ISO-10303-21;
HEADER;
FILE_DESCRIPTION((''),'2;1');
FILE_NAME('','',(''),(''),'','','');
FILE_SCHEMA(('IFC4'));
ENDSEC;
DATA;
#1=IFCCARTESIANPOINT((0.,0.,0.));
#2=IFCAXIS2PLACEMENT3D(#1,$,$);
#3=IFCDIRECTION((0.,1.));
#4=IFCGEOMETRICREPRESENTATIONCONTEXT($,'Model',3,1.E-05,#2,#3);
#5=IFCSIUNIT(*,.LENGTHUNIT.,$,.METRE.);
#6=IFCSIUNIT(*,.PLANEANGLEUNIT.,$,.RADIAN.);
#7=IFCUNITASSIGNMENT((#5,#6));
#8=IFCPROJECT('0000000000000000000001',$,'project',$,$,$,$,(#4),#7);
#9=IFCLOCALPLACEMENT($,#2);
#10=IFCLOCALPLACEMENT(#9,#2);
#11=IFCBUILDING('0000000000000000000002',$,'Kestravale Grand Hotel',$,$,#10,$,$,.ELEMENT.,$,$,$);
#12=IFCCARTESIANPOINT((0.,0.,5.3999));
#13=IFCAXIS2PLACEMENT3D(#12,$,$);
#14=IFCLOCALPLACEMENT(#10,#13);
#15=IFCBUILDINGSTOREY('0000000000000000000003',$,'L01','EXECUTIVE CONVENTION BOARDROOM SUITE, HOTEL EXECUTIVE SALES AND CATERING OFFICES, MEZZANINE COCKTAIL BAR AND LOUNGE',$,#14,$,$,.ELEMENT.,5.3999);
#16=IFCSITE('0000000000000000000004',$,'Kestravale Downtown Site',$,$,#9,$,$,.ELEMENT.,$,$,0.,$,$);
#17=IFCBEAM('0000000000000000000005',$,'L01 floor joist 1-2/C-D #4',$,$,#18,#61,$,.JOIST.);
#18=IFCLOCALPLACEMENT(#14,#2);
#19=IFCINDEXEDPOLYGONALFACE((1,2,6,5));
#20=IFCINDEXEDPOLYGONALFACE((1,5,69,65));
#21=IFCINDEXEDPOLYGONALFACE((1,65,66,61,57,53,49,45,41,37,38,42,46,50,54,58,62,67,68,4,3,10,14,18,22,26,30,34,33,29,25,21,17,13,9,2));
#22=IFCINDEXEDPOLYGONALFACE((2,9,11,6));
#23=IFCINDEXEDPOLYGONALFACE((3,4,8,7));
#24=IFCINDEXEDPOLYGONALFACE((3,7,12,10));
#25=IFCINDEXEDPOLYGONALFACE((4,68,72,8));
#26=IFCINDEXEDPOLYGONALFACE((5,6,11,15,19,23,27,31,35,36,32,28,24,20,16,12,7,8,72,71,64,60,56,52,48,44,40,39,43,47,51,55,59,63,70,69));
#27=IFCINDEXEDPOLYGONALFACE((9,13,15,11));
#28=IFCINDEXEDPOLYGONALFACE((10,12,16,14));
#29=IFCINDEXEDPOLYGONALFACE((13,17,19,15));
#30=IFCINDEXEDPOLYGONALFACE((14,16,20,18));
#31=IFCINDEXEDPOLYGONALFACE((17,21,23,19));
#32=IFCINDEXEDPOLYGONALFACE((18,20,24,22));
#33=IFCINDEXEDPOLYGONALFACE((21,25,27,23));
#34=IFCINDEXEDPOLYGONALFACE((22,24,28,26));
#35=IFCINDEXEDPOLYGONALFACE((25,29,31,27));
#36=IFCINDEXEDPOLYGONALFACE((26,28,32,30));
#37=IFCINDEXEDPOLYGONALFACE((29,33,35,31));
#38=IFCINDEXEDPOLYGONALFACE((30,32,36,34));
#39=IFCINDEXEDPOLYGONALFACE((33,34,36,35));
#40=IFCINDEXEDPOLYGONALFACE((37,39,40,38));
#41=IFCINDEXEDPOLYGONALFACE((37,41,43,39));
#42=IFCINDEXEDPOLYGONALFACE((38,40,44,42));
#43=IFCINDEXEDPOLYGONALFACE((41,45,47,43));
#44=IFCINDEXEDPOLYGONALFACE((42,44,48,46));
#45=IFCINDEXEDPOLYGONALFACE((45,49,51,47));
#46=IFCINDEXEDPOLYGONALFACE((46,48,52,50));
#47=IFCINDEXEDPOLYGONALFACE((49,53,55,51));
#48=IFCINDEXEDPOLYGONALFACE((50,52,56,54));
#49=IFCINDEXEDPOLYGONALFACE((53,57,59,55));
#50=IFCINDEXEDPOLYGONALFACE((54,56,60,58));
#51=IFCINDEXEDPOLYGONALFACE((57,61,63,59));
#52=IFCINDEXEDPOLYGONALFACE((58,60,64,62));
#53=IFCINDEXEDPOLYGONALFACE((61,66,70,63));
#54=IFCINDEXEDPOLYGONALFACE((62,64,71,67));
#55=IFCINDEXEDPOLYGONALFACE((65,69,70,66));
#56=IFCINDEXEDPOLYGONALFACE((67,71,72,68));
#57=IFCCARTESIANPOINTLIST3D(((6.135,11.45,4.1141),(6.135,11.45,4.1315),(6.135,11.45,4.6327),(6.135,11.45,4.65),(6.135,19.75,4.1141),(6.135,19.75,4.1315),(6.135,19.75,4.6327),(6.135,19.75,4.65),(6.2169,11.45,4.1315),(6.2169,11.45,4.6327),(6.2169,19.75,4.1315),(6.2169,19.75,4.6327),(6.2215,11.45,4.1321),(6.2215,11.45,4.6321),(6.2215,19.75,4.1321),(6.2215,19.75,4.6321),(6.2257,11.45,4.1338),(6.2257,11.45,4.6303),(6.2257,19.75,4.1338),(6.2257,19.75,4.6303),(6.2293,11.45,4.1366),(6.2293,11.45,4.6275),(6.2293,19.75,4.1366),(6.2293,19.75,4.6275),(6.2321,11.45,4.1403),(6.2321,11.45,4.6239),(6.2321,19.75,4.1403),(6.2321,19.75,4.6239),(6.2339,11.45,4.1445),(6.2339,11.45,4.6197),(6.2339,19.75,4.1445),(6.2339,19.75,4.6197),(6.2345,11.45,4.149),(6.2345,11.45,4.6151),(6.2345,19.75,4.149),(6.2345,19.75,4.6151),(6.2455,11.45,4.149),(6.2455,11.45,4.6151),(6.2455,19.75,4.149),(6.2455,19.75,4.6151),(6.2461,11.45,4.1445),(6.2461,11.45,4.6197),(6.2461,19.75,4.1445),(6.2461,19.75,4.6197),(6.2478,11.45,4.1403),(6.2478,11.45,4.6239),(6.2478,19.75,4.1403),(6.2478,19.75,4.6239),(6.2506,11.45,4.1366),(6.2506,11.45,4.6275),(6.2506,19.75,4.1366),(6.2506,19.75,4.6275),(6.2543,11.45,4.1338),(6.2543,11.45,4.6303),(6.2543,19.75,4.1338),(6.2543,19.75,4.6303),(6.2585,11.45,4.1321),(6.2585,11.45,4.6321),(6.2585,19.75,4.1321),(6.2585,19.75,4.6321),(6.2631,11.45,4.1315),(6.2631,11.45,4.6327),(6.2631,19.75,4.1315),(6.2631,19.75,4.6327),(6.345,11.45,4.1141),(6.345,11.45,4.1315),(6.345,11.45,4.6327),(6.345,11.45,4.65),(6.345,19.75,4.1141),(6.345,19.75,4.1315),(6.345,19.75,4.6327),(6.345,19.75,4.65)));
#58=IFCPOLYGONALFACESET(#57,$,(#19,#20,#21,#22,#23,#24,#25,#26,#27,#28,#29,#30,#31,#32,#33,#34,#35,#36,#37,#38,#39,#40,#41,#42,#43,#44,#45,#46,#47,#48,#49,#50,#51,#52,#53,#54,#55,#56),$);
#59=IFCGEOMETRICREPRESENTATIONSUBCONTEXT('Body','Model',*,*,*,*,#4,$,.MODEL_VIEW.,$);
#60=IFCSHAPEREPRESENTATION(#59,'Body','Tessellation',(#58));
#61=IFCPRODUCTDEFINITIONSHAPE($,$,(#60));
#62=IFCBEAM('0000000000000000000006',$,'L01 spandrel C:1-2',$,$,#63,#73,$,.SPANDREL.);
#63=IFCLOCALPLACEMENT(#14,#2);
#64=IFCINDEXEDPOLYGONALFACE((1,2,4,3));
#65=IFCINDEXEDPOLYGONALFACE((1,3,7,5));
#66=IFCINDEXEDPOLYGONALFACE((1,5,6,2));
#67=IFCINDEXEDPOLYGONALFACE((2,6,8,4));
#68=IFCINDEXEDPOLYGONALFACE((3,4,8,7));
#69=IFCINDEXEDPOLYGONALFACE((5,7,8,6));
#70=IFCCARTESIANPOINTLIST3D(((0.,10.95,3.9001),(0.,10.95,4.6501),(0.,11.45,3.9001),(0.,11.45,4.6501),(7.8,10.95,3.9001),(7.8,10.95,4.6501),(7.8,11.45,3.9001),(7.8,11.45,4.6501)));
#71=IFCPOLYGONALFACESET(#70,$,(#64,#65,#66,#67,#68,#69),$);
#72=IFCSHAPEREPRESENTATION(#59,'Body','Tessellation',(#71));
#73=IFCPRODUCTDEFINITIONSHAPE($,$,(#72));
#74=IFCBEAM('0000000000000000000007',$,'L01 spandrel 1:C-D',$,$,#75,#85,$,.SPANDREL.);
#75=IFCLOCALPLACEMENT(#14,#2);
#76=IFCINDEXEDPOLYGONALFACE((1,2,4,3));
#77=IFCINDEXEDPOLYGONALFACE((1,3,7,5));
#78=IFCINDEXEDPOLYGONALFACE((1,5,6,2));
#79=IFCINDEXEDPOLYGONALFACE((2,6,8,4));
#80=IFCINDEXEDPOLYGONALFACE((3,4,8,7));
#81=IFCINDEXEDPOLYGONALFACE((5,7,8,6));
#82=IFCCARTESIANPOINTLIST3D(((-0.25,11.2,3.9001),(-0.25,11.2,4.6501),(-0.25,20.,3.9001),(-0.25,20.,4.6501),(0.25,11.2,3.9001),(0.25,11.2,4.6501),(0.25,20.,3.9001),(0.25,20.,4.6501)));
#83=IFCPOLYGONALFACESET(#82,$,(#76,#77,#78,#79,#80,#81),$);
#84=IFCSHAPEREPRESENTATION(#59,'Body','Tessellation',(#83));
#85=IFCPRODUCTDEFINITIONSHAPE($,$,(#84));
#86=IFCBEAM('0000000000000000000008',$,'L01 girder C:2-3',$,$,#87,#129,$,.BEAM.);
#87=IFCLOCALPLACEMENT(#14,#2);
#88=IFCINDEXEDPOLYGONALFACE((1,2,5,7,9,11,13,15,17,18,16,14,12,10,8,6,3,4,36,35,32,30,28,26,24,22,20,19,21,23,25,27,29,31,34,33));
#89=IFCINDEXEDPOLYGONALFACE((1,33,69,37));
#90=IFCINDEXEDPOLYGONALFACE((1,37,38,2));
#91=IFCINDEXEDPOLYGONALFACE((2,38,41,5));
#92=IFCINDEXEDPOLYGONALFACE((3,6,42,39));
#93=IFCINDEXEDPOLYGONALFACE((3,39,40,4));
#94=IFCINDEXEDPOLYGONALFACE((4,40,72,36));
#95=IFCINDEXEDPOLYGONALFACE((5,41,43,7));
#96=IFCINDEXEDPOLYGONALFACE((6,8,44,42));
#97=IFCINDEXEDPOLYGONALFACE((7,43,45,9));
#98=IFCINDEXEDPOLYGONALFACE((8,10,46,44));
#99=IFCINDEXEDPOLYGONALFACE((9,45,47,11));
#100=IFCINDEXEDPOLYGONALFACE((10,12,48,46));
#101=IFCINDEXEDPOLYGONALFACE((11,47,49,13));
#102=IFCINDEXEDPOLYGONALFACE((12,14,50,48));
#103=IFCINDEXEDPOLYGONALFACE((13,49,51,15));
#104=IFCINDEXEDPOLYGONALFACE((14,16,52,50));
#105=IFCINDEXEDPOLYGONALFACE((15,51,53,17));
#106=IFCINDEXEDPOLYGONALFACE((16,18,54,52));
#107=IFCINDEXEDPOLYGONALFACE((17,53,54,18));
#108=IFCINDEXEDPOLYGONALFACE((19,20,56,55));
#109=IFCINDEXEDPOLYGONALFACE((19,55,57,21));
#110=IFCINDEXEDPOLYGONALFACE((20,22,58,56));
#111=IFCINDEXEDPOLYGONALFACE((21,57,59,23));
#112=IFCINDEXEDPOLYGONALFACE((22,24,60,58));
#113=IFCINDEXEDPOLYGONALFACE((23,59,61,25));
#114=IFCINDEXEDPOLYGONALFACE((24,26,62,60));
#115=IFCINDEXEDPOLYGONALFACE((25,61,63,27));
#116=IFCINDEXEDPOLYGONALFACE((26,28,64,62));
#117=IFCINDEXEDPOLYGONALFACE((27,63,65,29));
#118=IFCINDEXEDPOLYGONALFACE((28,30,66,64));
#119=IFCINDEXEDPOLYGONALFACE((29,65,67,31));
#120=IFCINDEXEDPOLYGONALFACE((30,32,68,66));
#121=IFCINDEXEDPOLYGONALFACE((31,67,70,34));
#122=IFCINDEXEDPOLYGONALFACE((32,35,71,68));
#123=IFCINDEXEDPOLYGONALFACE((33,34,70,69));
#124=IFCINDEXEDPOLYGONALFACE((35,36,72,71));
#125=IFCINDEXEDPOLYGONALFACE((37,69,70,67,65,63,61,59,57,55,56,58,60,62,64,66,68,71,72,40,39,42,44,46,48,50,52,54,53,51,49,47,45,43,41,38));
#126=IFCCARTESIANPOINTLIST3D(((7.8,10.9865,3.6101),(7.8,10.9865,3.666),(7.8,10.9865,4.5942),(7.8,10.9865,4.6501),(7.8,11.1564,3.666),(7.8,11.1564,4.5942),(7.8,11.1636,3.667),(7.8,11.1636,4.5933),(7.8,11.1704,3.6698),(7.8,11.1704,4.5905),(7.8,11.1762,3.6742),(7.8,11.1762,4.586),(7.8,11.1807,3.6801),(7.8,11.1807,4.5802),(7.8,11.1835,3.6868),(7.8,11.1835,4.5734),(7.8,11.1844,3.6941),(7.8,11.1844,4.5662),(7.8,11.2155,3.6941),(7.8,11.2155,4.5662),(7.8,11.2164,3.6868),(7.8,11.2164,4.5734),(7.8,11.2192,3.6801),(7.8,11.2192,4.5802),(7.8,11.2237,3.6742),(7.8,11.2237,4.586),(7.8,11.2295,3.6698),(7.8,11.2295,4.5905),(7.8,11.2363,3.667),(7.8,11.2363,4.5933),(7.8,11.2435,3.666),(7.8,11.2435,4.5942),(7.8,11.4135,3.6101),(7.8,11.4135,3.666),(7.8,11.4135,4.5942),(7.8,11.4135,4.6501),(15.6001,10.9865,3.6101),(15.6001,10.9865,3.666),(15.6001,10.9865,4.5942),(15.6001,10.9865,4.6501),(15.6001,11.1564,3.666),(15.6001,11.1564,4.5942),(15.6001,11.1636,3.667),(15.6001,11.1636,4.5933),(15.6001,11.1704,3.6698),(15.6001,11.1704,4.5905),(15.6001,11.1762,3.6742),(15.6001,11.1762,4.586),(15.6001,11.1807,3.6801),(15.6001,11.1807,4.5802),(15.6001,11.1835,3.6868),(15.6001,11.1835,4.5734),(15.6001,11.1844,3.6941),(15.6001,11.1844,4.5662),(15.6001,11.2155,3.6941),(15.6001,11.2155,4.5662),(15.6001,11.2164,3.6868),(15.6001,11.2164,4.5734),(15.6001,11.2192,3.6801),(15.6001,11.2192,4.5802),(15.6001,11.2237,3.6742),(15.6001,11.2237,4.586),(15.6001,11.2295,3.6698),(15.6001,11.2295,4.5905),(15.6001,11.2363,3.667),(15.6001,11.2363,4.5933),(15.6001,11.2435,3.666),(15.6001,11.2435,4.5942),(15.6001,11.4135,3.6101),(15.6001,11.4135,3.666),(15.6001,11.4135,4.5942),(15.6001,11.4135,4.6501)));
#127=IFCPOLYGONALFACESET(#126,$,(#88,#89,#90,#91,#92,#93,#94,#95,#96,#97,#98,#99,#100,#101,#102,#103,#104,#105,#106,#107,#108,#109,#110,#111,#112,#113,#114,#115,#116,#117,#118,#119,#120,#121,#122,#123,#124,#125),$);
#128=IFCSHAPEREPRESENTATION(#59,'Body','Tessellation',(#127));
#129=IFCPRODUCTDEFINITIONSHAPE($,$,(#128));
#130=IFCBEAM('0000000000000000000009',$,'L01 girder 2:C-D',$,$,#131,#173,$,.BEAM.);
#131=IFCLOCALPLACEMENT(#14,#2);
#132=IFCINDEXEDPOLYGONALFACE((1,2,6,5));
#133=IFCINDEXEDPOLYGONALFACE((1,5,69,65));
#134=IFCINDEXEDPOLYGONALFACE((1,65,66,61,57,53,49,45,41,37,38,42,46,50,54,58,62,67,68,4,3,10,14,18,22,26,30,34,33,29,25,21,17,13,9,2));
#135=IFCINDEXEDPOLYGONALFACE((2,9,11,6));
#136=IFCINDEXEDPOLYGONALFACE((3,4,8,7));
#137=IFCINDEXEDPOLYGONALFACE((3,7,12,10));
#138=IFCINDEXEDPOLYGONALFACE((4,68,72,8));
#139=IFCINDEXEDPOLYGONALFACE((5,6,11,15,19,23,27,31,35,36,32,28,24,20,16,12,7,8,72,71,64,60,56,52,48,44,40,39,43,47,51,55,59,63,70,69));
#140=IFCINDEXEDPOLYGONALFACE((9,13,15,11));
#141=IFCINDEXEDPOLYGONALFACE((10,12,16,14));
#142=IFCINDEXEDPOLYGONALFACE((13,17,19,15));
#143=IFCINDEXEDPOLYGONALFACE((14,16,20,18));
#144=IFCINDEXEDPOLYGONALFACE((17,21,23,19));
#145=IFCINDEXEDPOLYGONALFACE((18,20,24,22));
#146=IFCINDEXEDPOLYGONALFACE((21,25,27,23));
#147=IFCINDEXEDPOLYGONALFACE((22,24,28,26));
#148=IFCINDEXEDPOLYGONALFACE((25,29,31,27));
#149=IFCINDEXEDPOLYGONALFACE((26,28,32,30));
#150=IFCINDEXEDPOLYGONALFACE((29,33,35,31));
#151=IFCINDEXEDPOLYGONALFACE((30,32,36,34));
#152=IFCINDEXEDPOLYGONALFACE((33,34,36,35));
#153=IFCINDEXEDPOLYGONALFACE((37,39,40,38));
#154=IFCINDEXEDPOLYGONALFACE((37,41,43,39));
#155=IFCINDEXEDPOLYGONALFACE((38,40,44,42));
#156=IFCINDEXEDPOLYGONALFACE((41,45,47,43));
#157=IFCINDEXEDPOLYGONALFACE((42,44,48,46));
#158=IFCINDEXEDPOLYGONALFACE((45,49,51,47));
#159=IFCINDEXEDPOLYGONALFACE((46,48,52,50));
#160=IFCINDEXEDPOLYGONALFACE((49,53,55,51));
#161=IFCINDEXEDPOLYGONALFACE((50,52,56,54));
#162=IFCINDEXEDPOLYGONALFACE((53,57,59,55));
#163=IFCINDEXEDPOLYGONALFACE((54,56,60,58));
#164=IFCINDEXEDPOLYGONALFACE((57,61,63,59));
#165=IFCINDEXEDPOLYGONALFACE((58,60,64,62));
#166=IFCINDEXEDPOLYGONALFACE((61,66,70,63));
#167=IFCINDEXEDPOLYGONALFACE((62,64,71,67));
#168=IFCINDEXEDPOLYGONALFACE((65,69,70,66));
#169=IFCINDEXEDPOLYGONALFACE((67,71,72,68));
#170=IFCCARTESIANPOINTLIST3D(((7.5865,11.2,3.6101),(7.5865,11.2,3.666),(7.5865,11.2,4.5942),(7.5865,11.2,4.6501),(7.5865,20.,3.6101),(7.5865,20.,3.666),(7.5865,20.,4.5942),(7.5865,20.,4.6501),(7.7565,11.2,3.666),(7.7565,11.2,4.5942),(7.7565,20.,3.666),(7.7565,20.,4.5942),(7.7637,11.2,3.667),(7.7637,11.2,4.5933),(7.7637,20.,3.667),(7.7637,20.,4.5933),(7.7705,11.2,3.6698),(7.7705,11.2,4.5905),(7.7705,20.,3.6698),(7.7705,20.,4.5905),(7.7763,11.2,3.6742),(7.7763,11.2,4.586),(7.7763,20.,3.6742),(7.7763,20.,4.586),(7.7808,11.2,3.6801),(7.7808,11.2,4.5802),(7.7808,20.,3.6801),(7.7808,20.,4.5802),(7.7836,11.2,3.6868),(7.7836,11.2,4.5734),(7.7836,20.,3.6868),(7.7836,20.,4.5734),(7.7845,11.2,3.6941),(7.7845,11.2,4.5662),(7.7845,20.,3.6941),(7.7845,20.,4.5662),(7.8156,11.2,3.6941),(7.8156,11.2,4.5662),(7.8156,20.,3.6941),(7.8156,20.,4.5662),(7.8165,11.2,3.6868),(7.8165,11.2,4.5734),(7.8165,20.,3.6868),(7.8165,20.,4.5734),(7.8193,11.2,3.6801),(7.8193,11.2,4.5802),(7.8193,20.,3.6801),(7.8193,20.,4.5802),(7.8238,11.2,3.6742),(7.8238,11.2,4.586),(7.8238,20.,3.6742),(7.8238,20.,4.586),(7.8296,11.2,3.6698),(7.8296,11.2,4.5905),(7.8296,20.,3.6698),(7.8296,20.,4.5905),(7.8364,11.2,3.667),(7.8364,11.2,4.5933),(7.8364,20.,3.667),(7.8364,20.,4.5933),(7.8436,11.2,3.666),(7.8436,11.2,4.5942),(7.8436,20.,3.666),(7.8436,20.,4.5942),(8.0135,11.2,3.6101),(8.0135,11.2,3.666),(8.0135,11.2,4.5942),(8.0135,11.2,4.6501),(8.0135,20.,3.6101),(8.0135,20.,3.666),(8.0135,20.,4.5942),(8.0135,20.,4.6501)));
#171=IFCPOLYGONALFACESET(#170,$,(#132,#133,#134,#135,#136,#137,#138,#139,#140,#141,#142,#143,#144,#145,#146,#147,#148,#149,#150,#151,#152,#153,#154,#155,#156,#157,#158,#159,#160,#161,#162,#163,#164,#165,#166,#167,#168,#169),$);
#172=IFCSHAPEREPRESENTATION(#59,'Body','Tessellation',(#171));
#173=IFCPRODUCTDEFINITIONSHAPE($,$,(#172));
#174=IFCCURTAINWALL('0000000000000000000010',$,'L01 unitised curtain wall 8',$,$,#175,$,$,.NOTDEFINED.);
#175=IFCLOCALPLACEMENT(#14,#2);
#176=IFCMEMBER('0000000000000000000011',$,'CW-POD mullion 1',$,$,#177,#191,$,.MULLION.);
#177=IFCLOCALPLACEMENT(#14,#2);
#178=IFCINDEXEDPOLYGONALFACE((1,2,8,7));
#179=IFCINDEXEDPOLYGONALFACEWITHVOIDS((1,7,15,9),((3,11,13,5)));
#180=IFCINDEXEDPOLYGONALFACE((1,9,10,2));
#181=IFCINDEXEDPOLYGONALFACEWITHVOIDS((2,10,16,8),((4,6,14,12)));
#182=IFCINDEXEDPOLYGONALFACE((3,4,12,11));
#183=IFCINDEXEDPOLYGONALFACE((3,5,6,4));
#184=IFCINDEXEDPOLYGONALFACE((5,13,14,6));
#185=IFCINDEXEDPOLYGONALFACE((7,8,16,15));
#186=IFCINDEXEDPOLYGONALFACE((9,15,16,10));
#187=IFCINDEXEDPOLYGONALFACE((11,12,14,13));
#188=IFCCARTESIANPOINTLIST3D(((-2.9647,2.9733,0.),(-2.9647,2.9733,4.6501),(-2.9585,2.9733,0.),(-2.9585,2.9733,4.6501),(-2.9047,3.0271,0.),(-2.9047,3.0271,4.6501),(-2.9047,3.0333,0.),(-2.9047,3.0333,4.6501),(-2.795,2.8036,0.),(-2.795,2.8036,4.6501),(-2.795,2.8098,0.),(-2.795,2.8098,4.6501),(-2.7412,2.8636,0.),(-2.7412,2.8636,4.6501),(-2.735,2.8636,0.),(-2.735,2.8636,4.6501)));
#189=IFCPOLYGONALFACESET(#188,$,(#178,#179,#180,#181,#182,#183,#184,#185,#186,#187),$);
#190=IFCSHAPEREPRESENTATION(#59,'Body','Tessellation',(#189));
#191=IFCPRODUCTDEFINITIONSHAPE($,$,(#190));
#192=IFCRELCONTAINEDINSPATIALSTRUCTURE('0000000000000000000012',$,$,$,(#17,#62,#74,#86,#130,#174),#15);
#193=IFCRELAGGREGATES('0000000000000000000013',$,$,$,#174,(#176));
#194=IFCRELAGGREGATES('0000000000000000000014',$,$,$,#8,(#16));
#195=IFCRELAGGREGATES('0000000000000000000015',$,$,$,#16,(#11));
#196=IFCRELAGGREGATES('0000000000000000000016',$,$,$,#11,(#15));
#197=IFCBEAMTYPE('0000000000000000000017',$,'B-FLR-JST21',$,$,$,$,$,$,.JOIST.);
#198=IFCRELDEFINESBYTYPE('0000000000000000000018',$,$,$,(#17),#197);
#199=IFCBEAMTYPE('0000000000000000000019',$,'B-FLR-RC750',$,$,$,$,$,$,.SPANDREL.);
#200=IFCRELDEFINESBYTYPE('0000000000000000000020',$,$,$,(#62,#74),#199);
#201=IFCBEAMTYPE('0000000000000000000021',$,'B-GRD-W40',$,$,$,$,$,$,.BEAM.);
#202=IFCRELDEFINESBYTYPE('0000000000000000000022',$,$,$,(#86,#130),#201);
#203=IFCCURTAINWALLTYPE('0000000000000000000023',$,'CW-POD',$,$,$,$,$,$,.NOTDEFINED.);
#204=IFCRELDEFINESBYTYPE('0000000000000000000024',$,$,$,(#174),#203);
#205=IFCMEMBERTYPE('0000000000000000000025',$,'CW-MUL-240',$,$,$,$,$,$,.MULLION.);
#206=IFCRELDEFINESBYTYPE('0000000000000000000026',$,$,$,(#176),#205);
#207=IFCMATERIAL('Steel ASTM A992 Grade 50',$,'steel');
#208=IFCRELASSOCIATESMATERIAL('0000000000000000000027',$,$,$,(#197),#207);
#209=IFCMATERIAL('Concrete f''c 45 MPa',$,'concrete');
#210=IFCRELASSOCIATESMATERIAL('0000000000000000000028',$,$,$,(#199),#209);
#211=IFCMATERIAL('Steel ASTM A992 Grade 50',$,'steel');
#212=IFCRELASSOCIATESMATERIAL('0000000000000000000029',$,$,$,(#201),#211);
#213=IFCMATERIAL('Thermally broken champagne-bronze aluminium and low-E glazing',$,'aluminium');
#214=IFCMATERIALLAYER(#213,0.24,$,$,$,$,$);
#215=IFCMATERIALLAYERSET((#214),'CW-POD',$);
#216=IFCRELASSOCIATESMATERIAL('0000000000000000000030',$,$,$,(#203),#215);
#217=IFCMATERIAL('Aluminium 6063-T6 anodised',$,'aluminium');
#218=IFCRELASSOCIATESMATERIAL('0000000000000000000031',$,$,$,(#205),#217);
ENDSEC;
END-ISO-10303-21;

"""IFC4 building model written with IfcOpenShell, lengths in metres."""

from ifc_helpers import new_model, si_unit, direction, frame, origin, origin_2d, place, context, subcontext, project, spatial, rectangle, hollow_rectangle, i_section, extrude, material, layer, layer_set, material_profile, profile_set, type_object, element, aggregate, save


model = new_model("IFC4")

# Units and contexts
model_context = context("Model", 3, precision=1e-05, world=origin(), true_north=direction((0.0, 1.0)))
body_context = subcontext(model_context, "Body", "Model", "MODEL_VIEW")
ifc_project = project(units=[si_unit("LENGTHUNIT", "METRE"), si_unit("PLANEANGLEUNIT", "RADIAN")], contexts=[model_context])

# Site, building, storey
site_placement = place(None, origin())
site = spatial("IfcSite", under=ifc_project, at=site_placement, Name="Kestravale Downtown Site", CompositionType="ELEMENT", RefElevation=0.0)
building_placement = place(site_placement, origin())
building = spatial("IfcBuilding", under=site, at=building_placement, Name="Kestravale Grand Hotel", CompositionType="ELEMENT")
storey_placement = place(building_placement, frame((0.0, 0.0, 5.3999)))
storey = spatial("IfcBuildingStorey", under=building, at=storey_placement, Name="L01", Description="EXECUTIVE CONVENTION BOARDROOM SUITE, HOTEL EXECUTIVE SALES AND CATERING OFFICES, MEZZANINE COCKTAIL BAR AND LOUNGE", CompositionType="ELEMENT", Elevation=5.3999)

# Beams
ifc_material_1 = material(Name="Steel ASTM A992 Grade 50", Category="steel")
ifc_material_profile_1 = material_profile(ifc_material_1, i_section(OverallWidth=0.21, OverallDepth=0.5359, WebThickness=0.011, FlangeThickness=0.0173, FilletRadius=0.0176, at=origin_2d()))
ifc_profile_set_1 = profile_set([ifc_material_profile_1], Name="Steel ASTM A992 Grade 50")
beam_type_1 = type_object("IfcBeamType", Name="B-FLR-JST21", PredefinedType="JOIST", material=ifc_profile_set_1)
for number, where, z_axis, x_axis, name in (
    (1, (6.24, 11.45, 4.3821), (0.0, 1.0, 0.0), (-1.0, 0.0, 0.0), "L01 floor joist 1-2/C-D #4"),
):
    element("IfcBeam", number, at=place(storey_placement, frame(where, z_axis=z_axis, x_axis=x_axis)), inside=storey, type_object=beam_type_1, Name=name, PredefinedType="JOIST", context=body_context, shape_type="SweptSolid", body=[
        extrude(i_section(OverallWidth=0.21, OverallDepth=0.5359, WebThickness=0.011, FlangeThickness=0.0173, FilletRadius=0.0176, at=origin_2d()), origin(), (0.0, 0.0, 1.0), 8.3),
    ])
ifc_material_2 = material(Name="Concrete f'c 45 MPa", Category="concrete")
ifc_material_profile_2 = material_profile(ifc_material_2, rectangle(XDim=0.5, YDim=0.75, at=origin_2d()))
ifc_profile_set_2 = profile_set([ifc_material_profile_2], Name="Concrete f'c 45 MPa")
beam_type_2 = type_object("IfcBeamType", Name="B-FLR-RC750", PredefinedType="SPANDREL", material=ifc_profile_set_2)
beam_1_placement = place(storey_placement, frame((0.0, 11.2, 4.2751), z_axis=(1.0, 0.0, 0.0), x_axis=(0.0, 1.0, 0.0)))
element("IfcBeam", 2, at=beam_1_placement, inside=storey, type_object=beam_type_2, Name="L01 spandrel C:1-2", PredefinedType="SPANDREL", context=body_context, shape_type="SweptSolid", body=[
    extrude(rectangle(XDim=0.5, YDim=0.75, at=origin_2d()), origin(), (0.0, 0.0, 1.0), 7.8),
])
beam_2_placement = place(storey_placement, frame((0.0, 11.2, 4.2751), z_axis=(0.0, 1.0, 0.0), x_axis=(-1.0, 0.0, 0.0)))
element("IfcBeam", 3, at=beam_2_placement, inside=storey, type_object=beam_type_2, Name="L01 spandrel 1:C-D", PredefinedType="SPANDREL", context=body_context, shape_type="SweptSolid", body=[
    extrude(rectangle(XDim=0.5, YDim=0.75, at=origin_2d()), origin(), (0.0, 0.0, 1.0), 8.8),
])
ifc_material_3 = material(Name="Steel ASTM A992 Grade 50", Category="steel")
ifc_material_profile_3 = material_profile(ifc_material_3, i_section(OverallWidth=0.427, OverallDepth=1.04, WebThickness=0.031, FlangeThickness=0.0559, FilletRadius=0.0281, at=origin_2d()))
ifc_profile_set_3 = profile_set([ifc_material_profile_3], Name="Steel ASTM A992 Grade 50")
beam_type_3 = type_object("IfcBeamType", Name="B-GRD-W40", PredefinedType="BEAM", material=ifc_profile_set_3)
beam_3_placement = place(storey_placement, frame((7.8, 11.2, 4.1301), z_axis=(1.0, 0.0, 0.0), x_axis=(0.0, 1.0, 0.0)))
element("IfcBeam", 4, at=beam_3_placement, inside=storey, type_object=beam_type_3, Name="L01 girder C:2-3", PredefinedType="BEAM", context=body_context, shape_type="SweptSolid", body=[
    extrude(i_section(OverallWidth=0.427, OverallDepth=1.04, WebThickness=0.031, FlangeThickness=0.0559, FilletRadius=0.0281, at=origin_2d()), origin(), (0.0, 0.0, 1.0), 7.8),
])
beam_4_placement = place(storey_placement, frame((7.8, 11.2, 4.1301), z_axis=(0.0, 1.0, 0.0), x_axis=(-1.0, 0.0, 0.0)))
element("IfcBeam", 5, at=beam_4_placement, inside=storey, type_object=beam_type_3, Name="L01 girder 2:C-D", PredefinedType="BEAM", context=body_context, shape_type="SweptSolid", body=[
    extrude(i_section(OverallWidth=0.427, OverallDepth=1.04, WebThickness=0.031, FlangeThickness=0.0559, FilletRadius=0.0281, at=origin_2d()), origin(), (0.0, 0.0, 1.0), 8.8),
])

# Curtain wall, member
ifc_material_4 = material(Name="Thermally broken champagne-bronze aluminium and low-E glazing", Category="aluminium")
ifc_layer = layer(ifc_material_4, 0.24)
ifc_layer_set = layer_set([ifc_layer], Name="CW-POD")
curtain_wall_type = type_object("IfcCurtainWallType", Name="CW-POD", PredefinedType="NOTDEFINED", material=ifc_layer_set)
curtain_wall_placement = place(storey_placement, origin())
curtain_wall = element("IfcCurtainWall", 6, at=curtain_wall_placement, inside=storey, type_object=curtain_wall_type, Name="L01 unitised curtain wall 8", PredefinedType="NOTDEFINED")
ifc_material_5 = material(Name="Aluminium 6063-T6 anodised", Category="aluminium")
ifc_material_profile_4 = material_profile(ifc_material_5, hollow_rectangle(XDim=0.085, YDim=0.24, WallThickness=0.0044, at=origin_2d()))
ifc_profile_set_4 = profile_set([ifc_material_profile_4], Name="Aluminium 6063-T6 anodised")
member_type = type_object("IfcMemberType", Name="CW-MUL-240", PredefinedType="MULLION", material=ifc_profile_set_4)
member_placement = place(storey_placement, frame((-2.8499, 2.9185, 0.0), z_axis=(0.0, 0.0, 1.0), x_axis=(0.707107, 0.707107, 0.0)))
member = element("IfcMember", 7, at=member_placement, type_object=member_type, Name="CW-POD mullion 1", PredefinedType="MULLION", context=body_context, shape_type="SweptSolid", body=[
    extrude(hollow_rectangle(XDim=0.085, YDim=0.24, WallThickness=0.0044, at=origin_2d()), origin(), (0.0, 0.0, 1.0), 4.6501),
])
aggregate(curtain_wall, [member])

save(model, "model.ifc")
